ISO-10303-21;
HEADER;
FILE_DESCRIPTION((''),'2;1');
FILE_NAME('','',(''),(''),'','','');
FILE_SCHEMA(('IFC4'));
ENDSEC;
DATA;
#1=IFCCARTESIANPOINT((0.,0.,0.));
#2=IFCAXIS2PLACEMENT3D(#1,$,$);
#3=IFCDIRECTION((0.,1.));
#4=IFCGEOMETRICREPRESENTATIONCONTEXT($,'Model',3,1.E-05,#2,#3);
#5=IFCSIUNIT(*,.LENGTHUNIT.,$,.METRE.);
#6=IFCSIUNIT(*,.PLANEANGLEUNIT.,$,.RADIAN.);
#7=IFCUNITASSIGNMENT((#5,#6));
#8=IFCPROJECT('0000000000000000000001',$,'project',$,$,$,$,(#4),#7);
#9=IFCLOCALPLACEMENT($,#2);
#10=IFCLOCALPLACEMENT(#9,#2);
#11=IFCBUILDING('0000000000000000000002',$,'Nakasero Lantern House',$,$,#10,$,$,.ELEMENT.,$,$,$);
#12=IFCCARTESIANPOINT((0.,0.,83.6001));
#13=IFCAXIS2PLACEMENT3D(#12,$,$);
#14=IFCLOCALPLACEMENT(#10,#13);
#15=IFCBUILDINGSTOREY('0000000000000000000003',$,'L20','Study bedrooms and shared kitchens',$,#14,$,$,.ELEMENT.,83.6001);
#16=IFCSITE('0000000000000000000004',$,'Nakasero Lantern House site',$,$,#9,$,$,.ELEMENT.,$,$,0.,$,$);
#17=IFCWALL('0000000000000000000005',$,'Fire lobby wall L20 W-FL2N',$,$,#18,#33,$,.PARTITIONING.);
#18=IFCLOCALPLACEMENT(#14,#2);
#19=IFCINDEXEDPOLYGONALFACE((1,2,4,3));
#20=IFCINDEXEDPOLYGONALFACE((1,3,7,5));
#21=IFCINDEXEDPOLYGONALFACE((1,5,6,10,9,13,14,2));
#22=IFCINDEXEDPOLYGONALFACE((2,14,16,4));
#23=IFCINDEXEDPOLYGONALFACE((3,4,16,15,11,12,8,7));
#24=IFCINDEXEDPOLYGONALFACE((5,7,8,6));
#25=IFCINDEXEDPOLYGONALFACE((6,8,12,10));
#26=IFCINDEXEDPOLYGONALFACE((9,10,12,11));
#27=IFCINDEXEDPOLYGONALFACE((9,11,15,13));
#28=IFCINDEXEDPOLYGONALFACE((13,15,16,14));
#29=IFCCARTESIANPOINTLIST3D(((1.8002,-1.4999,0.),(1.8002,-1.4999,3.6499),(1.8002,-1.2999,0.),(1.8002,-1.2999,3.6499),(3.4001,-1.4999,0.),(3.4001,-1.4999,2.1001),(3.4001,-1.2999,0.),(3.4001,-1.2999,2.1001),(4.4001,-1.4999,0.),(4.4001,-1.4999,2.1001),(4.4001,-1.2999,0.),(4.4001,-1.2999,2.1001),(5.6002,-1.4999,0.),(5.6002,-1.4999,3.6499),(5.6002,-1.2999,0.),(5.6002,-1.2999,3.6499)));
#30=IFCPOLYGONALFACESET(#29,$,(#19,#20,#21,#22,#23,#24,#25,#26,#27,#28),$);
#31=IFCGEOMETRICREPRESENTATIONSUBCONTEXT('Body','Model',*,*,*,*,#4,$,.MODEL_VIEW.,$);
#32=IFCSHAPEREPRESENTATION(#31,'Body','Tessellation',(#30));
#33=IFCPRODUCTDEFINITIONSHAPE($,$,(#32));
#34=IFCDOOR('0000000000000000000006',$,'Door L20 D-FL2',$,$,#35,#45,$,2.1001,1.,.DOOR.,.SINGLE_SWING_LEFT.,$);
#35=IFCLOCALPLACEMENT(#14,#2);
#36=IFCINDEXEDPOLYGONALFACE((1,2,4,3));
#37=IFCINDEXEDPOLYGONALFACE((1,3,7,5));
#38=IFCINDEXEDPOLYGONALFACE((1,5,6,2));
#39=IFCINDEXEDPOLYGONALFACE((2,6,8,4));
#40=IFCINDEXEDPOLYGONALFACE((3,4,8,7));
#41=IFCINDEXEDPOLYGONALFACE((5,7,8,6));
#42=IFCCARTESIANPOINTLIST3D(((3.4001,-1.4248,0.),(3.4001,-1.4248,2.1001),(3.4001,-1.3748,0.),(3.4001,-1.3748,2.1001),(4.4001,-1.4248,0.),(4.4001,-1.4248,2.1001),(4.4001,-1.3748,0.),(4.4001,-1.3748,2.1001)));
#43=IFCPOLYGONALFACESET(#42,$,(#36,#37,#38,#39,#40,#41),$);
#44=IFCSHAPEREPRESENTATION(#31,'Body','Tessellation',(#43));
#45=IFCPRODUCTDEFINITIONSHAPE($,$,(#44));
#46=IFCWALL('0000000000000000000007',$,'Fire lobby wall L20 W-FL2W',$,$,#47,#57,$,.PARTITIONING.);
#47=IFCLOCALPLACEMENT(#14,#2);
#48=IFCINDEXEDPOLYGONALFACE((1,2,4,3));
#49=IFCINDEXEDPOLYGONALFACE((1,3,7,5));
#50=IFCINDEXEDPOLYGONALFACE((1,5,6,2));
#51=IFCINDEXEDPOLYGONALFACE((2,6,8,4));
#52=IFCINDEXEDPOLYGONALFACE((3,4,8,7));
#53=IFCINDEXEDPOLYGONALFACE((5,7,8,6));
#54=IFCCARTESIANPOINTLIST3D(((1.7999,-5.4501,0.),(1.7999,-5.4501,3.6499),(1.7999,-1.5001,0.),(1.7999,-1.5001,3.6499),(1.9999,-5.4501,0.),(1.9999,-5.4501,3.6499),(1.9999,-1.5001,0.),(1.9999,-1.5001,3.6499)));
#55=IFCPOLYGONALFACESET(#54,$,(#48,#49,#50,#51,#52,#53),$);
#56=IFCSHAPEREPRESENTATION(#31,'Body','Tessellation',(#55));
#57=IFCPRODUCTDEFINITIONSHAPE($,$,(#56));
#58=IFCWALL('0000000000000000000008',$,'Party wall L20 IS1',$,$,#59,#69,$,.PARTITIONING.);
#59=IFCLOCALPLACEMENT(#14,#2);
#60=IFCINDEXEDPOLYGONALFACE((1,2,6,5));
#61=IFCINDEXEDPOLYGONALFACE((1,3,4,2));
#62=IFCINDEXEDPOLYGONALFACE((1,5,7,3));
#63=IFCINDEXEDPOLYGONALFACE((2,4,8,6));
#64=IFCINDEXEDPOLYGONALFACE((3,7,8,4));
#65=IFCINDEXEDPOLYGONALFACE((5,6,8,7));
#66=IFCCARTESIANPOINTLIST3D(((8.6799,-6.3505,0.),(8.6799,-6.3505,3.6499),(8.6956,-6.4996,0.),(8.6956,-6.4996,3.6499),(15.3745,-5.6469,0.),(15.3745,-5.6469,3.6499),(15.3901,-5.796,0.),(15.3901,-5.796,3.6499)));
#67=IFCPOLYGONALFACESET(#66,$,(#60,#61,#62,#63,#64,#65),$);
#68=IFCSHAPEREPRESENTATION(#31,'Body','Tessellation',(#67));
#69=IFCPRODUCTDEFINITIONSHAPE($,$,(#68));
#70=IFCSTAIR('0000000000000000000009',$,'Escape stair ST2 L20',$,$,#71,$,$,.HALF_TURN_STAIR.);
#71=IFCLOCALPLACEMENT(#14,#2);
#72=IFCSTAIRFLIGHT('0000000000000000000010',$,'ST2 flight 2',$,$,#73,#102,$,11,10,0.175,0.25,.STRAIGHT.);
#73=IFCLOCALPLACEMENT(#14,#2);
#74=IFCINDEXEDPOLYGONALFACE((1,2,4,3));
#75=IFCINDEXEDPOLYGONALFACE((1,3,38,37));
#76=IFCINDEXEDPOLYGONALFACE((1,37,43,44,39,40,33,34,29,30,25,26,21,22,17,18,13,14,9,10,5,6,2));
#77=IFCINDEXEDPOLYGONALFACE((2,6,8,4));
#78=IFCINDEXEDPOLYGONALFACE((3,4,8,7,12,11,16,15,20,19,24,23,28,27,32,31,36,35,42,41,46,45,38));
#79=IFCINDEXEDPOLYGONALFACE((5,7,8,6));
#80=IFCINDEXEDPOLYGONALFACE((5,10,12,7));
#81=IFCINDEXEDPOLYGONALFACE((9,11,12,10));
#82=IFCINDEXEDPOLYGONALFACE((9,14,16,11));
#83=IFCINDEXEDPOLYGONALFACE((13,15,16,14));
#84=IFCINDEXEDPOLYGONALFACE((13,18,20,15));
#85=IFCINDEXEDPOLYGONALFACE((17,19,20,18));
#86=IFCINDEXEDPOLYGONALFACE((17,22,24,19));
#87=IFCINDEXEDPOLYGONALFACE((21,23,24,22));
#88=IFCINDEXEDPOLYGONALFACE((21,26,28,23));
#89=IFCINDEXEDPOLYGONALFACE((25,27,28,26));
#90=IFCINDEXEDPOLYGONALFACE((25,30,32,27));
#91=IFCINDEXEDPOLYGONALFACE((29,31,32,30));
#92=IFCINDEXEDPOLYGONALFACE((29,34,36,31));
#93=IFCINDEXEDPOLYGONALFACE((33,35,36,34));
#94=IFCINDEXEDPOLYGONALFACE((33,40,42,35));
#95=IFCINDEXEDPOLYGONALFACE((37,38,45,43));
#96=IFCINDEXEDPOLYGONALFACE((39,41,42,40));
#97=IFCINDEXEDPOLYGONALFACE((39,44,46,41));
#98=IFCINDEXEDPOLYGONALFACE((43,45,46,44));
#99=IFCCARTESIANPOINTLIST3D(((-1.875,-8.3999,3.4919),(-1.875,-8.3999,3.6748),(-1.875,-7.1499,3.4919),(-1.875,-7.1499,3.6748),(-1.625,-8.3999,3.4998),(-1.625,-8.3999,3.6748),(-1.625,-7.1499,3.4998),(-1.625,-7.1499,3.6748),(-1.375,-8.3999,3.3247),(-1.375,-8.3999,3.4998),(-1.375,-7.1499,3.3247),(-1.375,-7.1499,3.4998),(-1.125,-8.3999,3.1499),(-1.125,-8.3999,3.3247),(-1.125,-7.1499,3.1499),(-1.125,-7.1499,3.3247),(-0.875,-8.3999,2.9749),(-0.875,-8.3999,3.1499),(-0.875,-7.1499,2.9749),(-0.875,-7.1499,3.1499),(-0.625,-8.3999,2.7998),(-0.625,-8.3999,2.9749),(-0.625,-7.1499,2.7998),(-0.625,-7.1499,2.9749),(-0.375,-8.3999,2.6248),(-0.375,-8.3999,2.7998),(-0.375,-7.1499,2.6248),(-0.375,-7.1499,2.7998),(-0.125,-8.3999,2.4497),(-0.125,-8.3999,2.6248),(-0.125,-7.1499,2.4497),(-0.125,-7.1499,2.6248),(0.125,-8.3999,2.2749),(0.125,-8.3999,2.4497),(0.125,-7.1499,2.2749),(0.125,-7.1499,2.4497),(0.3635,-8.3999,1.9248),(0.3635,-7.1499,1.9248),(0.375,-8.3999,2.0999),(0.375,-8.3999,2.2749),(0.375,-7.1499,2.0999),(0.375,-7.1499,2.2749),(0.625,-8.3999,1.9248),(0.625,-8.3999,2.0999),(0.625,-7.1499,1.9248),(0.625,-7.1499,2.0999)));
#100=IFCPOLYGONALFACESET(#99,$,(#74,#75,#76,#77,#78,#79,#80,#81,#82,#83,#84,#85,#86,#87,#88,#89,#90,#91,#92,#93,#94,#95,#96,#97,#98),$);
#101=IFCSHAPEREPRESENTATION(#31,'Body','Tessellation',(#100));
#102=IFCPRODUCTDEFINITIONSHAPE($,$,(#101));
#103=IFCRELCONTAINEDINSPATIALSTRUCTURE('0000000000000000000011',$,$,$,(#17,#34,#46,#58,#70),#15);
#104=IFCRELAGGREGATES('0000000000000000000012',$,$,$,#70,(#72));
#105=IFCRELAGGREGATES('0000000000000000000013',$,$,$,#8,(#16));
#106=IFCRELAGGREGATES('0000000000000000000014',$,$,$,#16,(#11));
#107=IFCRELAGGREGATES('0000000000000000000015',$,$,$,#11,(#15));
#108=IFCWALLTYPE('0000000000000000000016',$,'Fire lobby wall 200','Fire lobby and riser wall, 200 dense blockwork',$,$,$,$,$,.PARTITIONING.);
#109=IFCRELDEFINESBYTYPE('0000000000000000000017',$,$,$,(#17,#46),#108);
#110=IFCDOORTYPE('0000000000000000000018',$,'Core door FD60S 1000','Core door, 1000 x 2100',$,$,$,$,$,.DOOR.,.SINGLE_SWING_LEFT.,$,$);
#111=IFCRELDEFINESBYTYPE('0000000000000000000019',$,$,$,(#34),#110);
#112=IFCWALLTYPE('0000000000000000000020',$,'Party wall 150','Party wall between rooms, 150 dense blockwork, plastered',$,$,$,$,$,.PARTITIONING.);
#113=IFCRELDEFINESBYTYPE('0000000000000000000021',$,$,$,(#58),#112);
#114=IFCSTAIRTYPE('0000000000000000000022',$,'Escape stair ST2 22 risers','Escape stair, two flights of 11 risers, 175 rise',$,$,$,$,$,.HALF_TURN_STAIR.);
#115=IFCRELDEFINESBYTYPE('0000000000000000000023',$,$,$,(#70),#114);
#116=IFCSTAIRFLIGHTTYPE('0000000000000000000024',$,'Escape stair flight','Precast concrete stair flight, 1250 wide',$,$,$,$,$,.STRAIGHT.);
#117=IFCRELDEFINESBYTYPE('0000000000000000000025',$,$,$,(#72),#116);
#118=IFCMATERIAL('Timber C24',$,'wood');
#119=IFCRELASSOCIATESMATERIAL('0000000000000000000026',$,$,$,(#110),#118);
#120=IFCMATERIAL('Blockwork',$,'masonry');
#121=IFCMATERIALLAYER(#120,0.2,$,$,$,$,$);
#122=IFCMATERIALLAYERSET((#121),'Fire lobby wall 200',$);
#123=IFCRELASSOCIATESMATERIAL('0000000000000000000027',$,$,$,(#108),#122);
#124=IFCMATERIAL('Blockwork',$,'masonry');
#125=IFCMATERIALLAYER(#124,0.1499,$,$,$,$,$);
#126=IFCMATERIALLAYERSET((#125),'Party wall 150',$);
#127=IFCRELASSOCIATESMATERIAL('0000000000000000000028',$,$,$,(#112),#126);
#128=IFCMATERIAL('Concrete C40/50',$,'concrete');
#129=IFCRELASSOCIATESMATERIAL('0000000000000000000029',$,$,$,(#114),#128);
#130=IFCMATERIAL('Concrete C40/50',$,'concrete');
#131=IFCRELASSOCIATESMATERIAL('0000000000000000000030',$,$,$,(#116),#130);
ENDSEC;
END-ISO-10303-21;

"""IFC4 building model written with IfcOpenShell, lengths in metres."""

from ifc_helpers import new_model, si_unit, direction, frame, frame_2d, origin, place, context, subcontext, project, spatial, polyline, rectangle, outline, extrude, material, layer, layer_set, type_object, element, fill, aggregate, save


model = new_model("IFC4")

# Units and contexts
model_context = context("Model", 3, precision=1e-05, world=origin(), true_north=direction((0.0, 1.0)))
body_context = subcontext(model_context, "Body", "Model", "MODEL_VIEW")
ifc_project = project(units=[si_unit("LENGTHUNIT", "METRE"), si_unit("PLANEANGLEUNIT", "RADIAN")], contexts=[model_context])

# Site, building, storey
site_placement = place(None, origin())
site = spatial("IfcSite", under=ifc_project, at=site_placement, Name="Nakasero Lantern House site", CompositionType="ELEMENT", RefElevation=0.0)
building_placement = place(site_placement, origin())
building = spatial("IfcBuilding", under=site, at=building_placement, Name="Nakasero Lantern House", CompositionType="ELEMENT")
storey_placement = place(building_placement, frame((0.0, 0.0, 83.6001)))
storey = spatial("IfcBuildingStorey", under=building, at=storey_placement, Name="L20", Description="Study bedrooms and shared kitchens", CompositionType="ELEMENT", Elevation=83.6001)

# Shared definitions
ifc_material_1 = material(Name="Timber C24", Category="wood")
door_type_1 = type_object("IfcDoorType", Name="Core door FD60S 1000", Description="Core door, 1000 x 2100", OperationType="SINGLE_SWING_LEFT", PredefinedType="DOOR", material=ifc_material_1)

# Wall, opening, door
ifc_material_2 = material(Name="Blockwork", Category="masonry")
ifc_layer_1 = layer(ifc_material_2, 0.2)
ifc_layer_set_1 = layer_set([ifc_layer_1], Name="Fire lobby wall 200")
wall_type_1 = type_object("IfcWallType", Name="Fire lobby wall 200", Description="Fire lobby and riser wall, 200 dense blockwork", PredefinedType="PARTITIONING", material=ifc_layer_set_1)
wall_1_placement = place(storey_placement, frame((5.6001, -1.3999, 0.0), z_axis=(0.0, 0.0, 1.0), x_axis=(-1.0, 0.0, 0.0)))
wall_1 = element("IfcWall", 1, at=wall_1_placement, inside=storey, type_object=wall_type_1, Name="Fire lobby wall L20 W-FL2N", PredefinedType="PARTITIONING", context=body_context, shape_type="SweptSolid", body=[
    extrude(rectangle(XDim=3.8, YDim=0.2, at=frame_2d((1.8999, 0.0))), origin(), (0.0, 0.0, 1.0), 3.6499),
])
opening_1_placement = place(wall_1_placement, frame((1.2, 0.0, 0.0)))
opening_1 = element("IfcOpeningElement", 2, at=opening_1_placement, cuts=wall_1, PredefinedType="OPENING", context=body_context, shape_type="SweptSolid", body=[
    extrude(rectangle(XDim=1.0, YDim=2.1001, at=frame_2d((0.5, 1.05))), frame((0.0, 0.1199, 0.0), z_axis=(0.0, -1.0, 0.0), x_axis=(1.0, 0.0, 0.0)), (0.0, 0.0, 1.0), 0.24),
])
door_1_placement = place(opening_1_placement, origin())
door_1 = element("IfcDoor", 3, at=door_1_placement, inside=storey, type_object=door_type_1, Name="Door L20 D-FL2", OperationType="SINGLE_SWING_LEFT", OverallHeight=2.1001, OverallWidth=1.0, PredefinedType="DOOR", context=body_context, shape_type="SweptSolid", body=[
    extrude(rectangle(XDim=1.0, YDim=2.1001, at=frame_2d((0.5, 1.05))), frame((0.0, 0.0249, 0.0), z_axis=(0.0, -1.0, 0.0), x_axis=(1.0, 0.0, 0.0)), (0.0, 0.0, 1.0), 0.05),
])
fill(opening_1, door_1)

# Walls
wall_2_placement = place(storey_placement, frame((1.8999, -1.5, 0.0), z_axis=(0.0, 0.0, 1.0), x_axis=(0.0, -1.0, 0.0)))
element("IfcWall", 4, at=wall_2_placement, inside=storey, type_object=wall_type_1, Name="Fire lobby wall L20 W-FL2W", PredefinedType="PARTITIONING", context=body_context, shape_type="SweptSolid", body=[
    extrude(rectangle(XDim=3.95, YDim=0.2, at=frame_2d((1.9751, 0.0))), origin(), (0.0, 0.0, 1.0), 3.6499),
])
ifc_material_3 = material(Name="Blockwork", Category="masonry")
ifc_layer_2 = layer(ifc_material_3, 0.1499)
ifc_layer_set_2 = layer_set([ifc_layer_2], Name="Party wall 150")
wall_type_2 = type_object("IfcWallType", Name="Party wall 150", Description="Party wall between rooms, 150 dense blockwork, plastered", PredefinedType="PARTITIONING", material=ifc_layer_set_2)
wall_3_placement = place(storey_placement, frame((8.6877, -6.425, 0.0), z_axis=(0.0, 0.0, 1.0), x_axis=(0.994522, 0.104526, 0.0)))
element("IfcWall", 5, at=wall_3_placement, inside=storey, type_object=wall_type_2, Name="Party wall L20 IS1", PredefinedType="PARTITIONING", context=body_context, shape_type="SweptSolid", body=[
    extrude(rectangle(XDim=6.7314, YDim=0.1499, at=frame_2d((3.3657, 0.0))), origin(), (0.0, 0.0, 1.0), 3.6499),
])

# Stair, stair flight
ifc_material_4 = material(Name="Concrete C40/50", Category="concrete")
stair_type = type_object("IfcStairType", Name="Escape stair ST2 22 risers", Description="Escape stair, two flights of 11 risers, 175 rise", PredefinedType="HALF_TURN_STAIR", material=ifc_material_4)
stair_placement = place(storey_placement, origin())
stair = element("IfcStair", 6, at=stair_placement, inside=storey, type_object=stair_type, Name="Escape stair ST2 L20", PredefinedType="HALF_TURN_STAIR")
ifc_material_5 = material(Name="Concrete C40/50", Category="concrete")
stair_flight_type = type_object("IfcStairFlightType", Name="Escape stair flight", Description="Precast concrete stair flight, 1250 wide", PredefinedType="STRAIGHT", material=ifc_material_5)
stair_flight_placement = place(storey_placement, frame((0.625, -7.7749, 1.9248), z_axis=(0.0, 0.0, 1.0), x_axis=(-1.0, 0.0, 0.0)))
stair_flight = element("IfcStairFlight", 7, at=stair_flight_placement, type_object=stair_flight_type, Name="ST2 flight 2", NumberOfRisers=11, NumberOfTreads=10, PredefinedType="STRAIGHT", RiserHeight=0.175, TreadLength=0.25, context=body_context, shape_type="SweptSolid", body=[
    extrude(outline(polyline([(0.0, 0.0), (0.0, 0.175), (0.25, 0.175), (0.25, 0.3501), (0.5, 0.3501), (0.5, 0.5249), (0.75, 0.5249), (0.75, 0.7), (1.0, 0.7), (1.0, 0.875), (1.25, 0.875), (1.25, 1.05), (1.5, 1.05), (1.5, 1.2251), (1.75, 1.2251), (1.75, 1.3999), (2.0, 1.3999), (2.0, 1.575), (2.25, 1.575), (2.25, 1.75), (2.5, 1.75), (2.5, 1.925), (2.5, 1.5671), (0.2615, 0.0), (0.0, 0.0)])), frame((0.0, 0.625, 0.0), z_axis=(0.0, -1.0, 0.0), x_axis=(1.0, 0.0, 0.0)), (0.0, 0.0, 1.0), 1.25),
])
aggregate(stair, [stair_flight])

save(model, "model.ifc")
